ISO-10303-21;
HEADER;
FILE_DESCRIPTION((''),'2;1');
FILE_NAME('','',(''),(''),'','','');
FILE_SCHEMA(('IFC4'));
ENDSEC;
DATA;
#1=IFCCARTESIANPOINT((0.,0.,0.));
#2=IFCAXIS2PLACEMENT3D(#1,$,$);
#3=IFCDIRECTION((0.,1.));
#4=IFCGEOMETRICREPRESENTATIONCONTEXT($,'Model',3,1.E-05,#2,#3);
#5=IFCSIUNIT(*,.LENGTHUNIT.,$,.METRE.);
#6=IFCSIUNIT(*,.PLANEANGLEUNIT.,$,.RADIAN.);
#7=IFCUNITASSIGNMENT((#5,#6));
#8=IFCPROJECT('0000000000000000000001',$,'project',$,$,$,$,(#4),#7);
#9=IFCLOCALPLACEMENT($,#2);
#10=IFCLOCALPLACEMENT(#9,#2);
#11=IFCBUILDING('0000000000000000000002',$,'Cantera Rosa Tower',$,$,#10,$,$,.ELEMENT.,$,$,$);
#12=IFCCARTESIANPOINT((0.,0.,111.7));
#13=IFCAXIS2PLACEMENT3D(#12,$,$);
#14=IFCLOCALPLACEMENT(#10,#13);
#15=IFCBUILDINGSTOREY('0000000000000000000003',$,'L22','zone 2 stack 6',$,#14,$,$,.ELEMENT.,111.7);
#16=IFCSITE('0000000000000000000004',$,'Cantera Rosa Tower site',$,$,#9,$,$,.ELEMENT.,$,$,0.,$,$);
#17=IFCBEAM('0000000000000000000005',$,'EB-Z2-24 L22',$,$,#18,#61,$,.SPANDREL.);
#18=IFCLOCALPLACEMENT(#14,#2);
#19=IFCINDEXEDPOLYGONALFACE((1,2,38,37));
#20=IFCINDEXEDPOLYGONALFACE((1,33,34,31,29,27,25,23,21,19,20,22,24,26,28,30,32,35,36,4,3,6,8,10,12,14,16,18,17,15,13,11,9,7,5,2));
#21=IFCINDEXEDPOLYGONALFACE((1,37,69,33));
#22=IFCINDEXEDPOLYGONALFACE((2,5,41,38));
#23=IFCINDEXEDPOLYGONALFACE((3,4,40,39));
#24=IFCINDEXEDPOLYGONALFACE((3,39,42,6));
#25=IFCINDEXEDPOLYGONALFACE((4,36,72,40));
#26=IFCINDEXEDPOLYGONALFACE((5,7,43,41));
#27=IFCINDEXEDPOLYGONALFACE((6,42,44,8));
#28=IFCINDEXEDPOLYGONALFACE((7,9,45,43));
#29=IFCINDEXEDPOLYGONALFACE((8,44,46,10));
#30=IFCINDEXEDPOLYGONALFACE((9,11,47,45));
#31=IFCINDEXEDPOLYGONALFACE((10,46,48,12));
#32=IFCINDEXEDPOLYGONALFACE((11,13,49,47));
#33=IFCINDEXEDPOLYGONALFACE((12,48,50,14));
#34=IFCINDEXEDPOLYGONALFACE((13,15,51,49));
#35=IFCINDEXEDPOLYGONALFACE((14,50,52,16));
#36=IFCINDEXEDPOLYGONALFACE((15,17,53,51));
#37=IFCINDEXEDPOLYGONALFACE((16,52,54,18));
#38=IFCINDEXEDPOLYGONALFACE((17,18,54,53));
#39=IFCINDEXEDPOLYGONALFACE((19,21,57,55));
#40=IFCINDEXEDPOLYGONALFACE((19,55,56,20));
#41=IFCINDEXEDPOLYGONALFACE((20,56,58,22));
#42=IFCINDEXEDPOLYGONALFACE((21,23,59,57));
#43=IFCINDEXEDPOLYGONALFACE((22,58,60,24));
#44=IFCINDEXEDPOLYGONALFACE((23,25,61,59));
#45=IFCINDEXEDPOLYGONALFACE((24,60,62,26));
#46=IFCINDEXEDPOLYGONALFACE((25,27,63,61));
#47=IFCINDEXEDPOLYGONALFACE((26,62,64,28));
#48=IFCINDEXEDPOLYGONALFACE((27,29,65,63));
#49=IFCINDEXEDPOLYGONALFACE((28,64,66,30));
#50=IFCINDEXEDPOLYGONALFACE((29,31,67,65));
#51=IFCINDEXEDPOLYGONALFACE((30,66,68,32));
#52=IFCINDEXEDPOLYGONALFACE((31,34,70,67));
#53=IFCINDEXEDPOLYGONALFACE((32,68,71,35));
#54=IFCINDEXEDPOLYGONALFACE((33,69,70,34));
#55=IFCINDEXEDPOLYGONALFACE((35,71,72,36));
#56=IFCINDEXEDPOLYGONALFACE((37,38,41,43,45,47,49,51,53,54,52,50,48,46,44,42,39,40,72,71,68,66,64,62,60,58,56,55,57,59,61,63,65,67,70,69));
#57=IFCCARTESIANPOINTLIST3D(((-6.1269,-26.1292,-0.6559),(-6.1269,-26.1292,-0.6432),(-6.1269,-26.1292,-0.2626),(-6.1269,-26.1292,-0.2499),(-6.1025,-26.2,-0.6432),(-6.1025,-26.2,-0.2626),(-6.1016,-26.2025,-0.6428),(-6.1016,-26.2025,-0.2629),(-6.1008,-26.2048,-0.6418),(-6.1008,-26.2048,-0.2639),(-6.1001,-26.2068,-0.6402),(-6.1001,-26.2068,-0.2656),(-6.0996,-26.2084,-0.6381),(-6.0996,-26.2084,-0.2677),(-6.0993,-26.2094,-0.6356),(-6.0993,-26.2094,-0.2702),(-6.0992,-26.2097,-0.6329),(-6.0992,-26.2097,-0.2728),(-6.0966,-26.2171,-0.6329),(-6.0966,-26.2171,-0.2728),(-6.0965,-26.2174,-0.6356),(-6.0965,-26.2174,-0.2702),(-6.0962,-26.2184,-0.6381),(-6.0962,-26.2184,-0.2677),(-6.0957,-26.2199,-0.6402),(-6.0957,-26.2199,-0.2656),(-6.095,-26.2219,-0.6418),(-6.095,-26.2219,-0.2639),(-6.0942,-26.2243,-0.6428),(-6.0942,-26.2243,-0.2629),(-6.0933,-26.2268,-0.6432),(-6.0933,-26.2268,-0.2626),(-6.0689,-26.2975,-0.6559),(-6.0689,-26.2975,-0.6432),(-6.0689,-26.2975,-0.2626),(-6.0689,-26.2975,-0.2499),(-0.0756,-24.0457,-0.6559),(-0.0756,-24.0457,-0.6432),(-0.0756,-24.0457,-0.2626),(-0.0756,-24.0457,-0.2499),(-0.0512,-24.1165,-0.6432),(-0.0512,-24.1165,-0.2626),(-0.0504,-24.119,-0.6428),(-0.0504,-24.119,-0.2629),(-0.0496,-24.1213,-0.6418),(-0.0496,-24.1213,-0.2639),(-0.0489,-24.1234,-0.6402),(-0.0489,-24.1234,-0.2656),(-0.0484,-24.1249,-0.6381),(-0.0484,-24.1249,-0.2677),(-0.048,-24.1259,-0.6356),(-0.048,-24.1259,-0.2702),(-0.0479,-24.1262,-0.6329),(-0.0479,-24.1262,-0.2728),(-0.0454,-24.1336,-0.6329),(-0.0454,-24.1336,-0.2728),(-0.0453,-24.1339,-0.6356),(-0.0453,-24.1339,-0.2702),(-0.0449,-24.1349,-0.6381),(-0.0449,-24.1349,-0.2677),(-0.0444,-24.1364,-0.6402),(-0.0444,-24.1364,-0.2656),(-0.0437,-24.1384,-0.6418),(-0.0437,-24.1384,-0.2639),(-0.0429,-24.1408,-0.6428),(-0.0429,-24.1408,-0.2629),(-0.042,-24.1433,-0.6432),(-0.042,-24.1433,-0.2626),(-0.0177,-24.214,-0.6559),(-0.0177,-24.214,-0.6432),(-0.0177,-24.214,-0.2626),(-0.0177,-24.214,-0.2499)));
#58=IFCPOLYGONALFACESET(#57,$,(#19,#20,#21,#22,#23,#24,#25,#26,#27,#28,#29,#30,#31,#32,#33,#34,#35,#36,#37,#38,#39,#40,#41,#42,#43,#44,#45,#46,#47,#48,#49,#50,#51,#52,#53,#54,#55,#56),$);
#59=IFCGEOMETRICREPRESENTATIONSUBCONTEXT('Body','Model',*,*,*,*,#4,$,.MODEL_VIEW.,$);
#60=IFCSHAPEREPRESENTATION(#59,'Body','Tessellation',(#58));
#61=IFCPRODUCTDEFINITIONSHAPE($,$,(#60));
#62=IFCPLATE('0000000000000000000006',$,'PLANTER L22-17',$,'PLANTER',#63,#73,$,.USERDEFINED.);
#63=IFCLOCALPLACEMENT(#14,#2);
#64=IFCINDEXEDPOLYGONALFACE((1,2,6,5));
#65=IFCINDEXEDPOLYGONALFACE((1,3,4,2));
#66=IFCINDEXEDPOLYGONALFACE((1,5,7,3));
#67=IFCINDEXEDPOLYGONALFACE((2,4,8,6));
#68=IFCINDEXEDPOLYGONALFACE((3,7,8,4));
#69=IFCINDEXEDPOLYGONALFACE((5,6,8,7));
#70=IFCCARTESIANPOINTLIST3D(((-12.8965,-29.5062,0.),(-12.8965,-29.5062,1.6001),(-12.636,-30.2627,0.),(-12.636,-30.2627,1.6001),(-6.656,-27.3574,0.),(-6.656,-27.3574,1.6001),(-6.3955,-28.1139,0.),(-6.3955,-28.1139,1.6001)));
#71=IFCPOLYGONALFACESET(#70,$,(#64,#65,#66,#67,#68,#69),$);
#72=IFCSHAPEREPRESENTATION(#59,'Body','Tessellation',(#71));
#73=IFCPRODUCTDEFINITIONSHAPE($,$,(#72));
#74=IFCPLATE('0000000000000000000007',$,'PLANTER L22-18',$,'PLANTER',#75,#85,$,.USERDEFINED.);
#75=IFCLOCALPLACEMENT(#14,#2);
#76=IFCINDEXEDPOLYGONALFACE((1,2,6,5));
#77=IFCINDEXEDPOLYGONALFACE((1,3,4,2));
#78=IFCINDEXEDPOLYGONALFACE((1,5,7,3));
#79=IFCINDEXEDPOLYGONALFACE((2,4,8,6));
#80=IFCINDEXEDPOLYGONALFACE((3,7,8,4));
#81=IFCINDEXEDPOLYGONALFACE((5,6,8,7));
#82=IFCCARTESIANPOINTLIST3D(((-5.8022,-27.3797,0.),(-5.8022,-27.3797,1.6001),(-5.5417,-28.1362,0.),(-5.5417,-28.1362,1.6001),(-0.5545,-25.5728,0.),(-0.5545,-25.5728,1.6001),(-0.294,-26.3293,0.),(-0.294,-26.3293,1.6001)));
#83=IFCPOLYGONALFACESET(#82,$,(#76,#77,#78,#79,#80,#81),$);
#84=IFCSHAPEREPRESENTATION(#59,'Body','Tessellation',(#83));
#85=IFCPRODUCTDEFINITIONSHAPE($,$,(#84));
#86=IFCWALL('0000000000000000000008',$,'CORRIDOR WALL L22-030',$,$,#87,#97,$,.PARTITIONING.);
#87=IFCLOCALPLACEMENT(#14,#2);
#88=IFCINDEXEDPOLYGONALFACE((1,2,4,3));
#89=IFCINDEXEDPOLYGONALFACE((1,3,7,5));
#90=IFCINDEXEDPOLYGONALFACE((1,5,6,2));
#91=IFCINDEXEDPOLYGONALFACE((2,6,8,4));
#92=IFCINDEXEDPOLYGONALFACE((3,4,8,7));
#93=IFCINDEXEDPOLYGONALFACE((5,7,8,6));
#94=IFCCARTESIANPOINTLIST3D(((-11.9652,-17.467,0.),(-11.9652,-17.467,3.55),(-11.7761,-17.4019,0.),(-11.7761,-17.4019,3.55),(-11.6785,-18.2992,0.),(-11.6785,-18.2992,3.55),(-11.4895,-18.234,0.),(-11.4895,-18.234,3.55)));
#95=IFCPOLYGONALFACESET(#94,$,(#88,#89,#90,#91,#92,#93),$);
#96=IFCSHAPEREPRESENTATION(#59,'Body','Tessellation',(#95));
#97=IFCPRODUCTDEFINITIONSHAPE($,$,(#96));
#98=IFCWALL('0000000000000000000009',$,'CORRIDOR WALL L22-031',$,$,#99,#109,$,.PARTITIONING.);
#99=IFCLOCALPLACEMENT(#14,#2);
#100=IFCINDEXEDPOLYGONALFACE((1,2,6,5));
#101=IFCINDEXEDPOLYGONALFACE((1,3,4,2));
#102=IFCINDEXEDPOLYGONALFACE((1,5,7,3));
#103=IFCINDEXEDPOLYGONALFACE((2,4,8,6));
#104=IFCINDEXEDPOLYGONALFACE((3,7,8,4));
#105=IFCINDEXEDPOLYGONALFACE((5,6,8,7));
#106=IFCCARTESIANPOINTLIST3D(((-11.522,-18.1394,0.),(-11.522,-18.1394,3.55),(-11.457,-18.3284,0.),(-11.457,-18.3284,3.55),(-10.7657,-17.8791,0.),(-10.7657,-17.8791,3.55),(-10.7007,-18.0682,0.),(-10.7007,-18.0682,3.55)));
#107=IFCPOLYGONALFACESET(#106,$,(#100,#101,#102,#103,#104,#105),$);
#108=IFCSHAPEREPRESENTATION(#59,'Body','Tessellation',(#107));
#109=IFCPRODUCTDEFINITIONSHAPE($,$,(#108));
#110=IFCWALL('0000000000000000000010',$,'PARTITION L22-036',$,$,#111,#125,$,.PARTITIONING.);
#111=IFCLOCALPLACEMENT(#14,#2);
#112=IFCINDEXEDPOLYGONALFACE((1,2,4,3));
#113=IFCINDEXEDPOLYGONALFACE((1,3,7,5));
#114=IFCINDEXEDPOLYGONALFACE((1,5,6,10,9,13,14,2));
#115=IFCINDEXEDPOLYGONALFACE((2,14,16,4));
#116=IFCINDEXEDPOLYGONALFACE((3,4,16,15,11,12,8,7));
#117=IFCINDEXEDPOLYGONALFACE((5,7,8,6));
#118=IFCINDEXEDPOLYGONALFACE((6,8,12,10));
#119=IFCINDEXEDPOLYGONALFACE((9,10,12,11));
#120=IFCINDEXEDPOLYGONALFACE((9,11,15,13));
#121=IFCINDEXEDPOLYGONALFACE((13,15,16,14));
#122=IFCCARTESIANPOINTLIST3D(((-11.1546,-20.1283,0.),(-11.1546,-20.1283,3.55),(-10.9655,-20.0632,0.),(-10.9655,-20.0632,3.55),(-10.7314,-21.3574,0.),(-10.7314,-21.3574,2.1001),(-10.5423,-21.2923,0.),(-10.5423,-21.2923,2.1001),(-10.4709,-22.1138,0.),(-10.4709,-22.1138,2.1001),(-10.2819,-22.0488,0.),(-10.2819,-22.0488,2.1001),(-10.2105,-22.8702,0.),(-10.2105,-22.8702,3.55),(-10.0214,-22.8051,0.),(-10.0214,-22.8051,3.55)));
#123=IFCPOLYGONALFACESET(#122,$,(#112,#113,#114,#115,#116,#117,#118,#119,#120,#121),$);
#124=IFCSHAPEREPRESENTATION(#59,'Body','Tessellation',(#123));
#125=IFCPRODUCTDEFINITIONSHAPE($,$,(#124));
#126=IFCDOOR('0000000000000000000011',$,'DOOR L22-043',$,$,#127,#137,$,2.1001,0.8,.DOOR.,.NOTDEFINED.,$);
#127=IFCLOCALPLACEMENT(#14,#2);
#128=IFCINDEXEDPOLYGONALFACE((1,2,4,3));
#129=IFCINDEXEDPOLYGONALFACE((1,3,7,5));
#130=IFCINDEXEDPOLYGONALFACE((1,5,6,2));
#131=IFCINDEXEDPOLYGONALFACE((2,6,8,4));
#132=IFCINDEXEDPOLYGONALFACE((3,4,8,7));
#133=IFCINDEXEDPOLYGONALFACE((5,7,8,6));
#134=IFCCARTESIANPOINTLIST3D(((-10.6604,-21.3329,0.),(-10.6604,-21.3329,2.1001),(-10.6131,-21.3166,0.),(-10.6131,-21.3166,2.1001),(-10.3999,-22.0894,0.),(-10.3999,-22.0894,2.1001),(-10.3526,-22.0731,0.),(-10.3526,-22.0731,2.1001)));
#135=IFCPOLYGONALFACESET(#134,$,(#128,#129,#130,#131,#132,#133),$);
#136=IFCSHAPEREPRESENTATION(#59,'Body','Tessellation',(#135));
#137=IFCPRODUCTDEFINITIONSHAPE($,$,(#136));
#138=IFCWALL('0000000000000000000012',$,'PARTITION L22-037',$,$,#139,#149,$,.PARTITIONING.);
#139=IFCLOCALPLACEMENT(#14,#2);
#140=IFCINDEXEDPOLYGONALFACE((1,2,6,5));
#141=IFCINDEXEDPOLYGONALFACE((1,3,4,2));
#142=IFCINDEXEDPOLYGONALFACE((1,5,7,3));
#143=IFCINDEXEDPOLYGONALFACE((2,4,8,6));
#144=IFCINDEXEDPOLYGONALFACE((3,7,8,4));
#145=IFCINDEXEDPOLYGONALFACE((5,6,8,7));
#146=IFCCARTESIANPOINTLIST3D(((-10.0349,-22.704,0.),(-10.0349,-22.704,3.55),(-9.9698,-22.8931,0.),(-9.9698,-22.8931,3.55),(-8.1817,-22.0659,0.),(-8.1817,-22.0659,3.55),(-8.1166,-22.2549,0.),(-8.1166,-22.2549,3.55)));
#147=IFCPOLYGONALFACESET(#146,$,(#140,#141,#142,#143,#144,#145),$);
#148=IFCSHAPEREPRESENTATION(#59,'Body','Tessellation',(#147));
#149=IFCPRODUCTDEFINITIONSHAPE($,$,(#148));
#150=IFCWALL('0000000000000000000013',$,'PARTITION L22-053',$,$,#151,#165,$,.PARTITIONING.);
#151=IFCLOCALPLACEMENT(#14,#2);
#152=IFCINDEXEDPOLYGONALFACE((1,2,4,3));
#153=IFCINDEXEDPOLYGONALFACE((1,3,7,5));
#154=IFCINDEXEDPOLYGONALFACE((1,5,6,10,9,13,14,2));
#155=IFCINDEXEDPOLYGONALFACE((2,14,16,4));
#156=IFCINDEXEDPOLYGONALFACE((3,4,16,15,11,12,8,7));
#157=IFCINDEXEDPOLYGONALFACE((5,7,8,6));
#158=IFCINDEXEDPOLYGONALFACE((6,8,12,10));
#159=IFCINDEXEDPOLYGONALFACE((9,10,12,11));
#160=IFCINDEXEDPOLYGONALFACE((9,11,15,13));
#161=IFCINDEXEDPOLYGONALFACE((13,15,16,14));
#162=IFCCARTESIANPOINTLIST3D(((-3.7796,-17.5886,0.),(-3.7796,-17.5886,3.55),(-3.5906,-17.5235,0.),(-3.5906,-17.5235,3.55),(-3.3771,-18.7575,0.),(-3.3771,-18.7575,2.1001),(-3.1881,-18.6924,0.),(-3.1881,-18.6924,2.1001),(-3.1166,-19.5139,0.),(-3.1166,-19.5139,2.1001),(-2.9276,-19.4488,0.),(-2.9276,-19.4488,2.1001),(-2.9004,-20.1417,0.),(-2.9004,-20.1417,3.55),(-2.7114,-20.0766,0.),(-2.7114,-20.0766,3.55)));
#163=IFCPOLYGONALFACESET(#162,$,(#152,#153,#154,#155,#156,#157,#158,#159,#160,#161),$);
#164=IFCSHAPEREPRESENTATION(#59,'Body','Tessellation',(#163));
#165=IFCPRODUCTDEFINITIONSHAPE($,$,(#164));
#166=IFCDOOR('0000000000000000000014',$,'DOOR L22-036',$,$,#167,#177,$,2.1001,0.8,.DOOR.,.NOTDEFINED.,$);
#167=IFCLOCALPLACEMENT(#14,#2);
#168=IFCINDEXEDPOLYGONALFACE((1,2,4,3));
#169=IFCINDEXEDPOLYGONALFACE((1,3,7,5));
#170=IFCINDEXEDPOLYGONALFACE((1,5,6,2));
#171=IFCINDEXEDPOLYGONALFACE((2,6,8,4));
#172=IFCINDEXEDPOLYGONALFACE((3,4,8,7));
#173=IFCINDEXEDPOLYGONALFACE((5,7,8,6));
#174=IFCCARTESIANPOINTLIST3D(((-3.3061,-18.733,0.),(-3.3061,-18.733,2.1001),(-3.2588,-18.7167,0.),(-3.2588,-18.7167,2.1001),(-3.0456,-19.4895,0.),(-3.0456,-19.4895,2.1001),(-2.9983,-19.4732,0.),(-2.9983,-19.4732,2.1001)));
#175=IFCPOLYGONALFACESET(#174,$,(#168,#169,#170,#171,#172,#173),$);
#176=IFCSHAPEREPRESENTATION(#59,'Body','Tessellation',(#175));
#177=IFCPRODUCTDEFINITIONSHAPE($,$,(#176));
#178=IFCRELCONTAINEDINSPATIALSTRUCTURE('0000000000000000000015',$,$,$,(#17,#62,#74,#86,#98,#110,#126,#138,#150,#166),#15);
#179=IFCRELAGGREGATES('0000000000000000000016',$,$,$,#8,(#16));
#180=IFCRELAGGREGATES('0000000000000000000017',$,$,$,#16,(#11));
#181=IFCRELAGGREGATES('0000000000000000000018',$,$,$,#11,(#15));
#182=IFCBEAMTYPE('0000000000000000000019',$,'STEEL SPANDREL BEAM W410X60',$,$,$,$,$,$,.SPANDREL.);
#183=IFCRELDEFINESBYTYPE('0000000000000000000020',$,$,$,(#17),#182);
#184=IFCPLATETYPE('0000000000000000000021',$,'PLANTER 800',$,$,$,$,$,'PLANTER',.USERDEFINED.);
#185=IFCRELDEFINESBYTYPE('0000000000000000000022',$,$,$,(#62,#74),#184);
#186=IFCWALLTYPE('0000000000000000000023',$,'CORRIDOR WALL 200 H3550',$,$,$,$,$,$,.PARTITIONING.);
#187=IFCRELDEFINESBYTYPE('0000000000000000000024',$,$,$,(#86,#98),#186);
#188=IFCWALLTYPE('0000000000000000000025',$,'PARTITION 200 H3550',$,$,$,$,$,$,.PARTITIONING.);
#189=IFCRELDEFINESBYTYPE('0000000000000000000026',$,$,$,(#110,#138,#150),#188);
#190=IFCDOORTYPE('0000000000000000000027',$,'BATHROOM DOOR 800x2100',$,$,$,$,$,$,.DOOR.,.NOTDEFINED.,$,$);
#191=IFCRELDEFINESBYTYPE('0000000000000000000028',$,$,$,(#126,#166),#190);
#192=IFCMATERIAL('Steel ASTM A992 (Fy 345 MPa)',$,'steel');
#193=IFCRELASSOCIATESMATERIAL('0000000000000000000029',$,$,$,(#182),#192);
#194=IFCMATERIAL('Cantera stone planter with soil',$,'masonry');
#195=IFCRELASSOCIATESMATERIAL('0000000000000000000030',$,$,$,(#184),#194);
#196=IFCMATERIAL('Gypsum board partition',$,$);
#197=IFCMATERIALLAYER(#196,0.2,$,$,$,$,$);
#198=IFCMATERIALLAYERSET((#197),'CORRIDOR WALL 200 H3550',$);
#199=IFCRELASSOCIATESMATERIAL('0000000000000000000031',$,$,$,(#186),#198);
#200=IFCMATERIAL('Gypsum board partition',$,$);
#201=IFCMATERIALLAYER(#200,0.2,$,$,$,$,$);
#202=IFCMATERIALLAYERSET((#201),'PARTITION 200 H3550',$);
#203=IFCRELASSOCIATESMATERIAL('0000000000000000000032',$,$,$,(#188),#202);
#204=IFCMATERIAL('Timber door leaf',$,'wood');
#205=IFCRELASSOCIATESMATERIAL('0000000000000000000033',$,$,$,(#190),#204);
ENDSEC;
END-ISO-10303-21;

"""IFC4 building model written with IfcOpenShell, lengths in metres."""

from ifc_helpers import new_model, si_unit, direction, frame, frame_2d, origin, origin_2d, place, context, subcontext, project, spatial, rectangle, i_section, extrude, material, layer, layer_set, material_profile, profile_set, type_object, element, fill, save


model = new_model("IFC4")

# Units and contexts
model_context = context("Model", 3, precision=1e-05, world=origin(), true_north=direction((0.0, 1.0)))
body_context = subcontext(model_context, "Body", "Model", "MODEL_VIEW")
ifc_project = project(units=[si_unit("LENGTHUNIT", "METRE"), si_unit("PLANEANGLEUNIT", "RADIAN")], contexts=[model_context])

# Site, building, storey
site_placement = place(None, origin())
site = spatial("IfcSite", under=ifc_project, at=site_placement, Name="Cantera Rosa Tower site", CompositionType="ELEMENT", RefElevation=0.0)
building_placement = place(site_placement, origin())
building = spatial("IfcBuilding", under=site, at=building_placement, Name="Cantera Rosa Tower", CompositionType="ELEMENT")
storey_placement = place(building_placement, frame((0.0, 0.0, 111.7)))
storey = spatial("IfcBuildingStorey", under=building, at=storey_placement, Name="L22", Description="zone 2 stack 6", CompositionType="ELEMENT", Elevation=111.7)

# Beam
ifc_material_1 = material(Name="Steel ASTM A992 (Fy 345 MPa)", Category="steel")
ifc_material_profile_1 = material_profile(ifc_material_1, i_section(OverallWidth=0.178, OverallDepth=0.406, WebThickness=0.0078, FlangeThickness=0.0127, FilletRadius=0.0103, at=origin_2d()), Name="W410X60")
ifc_profile_set_1 = profile_set([ifc_material_profile_1], Name="Steel ASTM A992 (Fy 345 MPa)")
beam_type_1 = type_object("IfcBeamType", Name="STEEL SPANDREL BEAM W410X60", PredefinedType="SPANDREL", material=ifc_profile_set_1)
beam_1_placement = place(storey_placement, frame((-6.0979, -26.2134, -0.4529), z_axis=(0.945524, 0.325551, 0.0), x_axis=(-0.325551, 0.945524, 0.0)))
element("IfcBeam", 1, at=beam_1_placement, inside=storey, type_object=beam_type_1, Name="EB-Z2-24 L22", PredefinedType="SPANDREL", context=body_context, shape_type="SweptSolid", body=[
    extrude(i_section(OverallWidth=0.178, OverallDepth=0.406, WebThickness=0.0078, FlangeThickness=0.0127, FilletRadius=0.0103, at=origin_2d()), origin(), (0.0, 0.0, 1.0), 6.3999),
])

# Plates
ifc_material_2 = material(Name="Cantera stone planter with soil", Category="masonry")
plate_type = type_object("IfcPlateType", Name="PLANTER 800", ElementType="PLANTER", PredefinedType="USERDEFINED", material=ifc_material_2)
plate_1_placement = place(storey_placement, frame((-9.646, -28.8101, 0.0), z_axis=(0.0, 0.0, 1.0), x_axis=(0.945519, 0.325568, 0.0)))
element("IfcPlate", 2, at=plate_1_placement, inside=storey, type_object=plate_type, Name="PLANTER L22-17", ObjectType="PLANTER", PredefinedType="USERDEFINED", context=body_context, shape_type="SweptSolid", body=[
    extrude(rectangle(XDim=6.6001, YDim=0.8, at=origin_2d()), origin(), (0.0, 0.0, 1.0), 1.6001),
])
plate_2_placement = place(storey_placement, frame((-3.0481, -26.8545, 0.0), z_axis=(0.0, 0.0, 1.0), x_axis=(0.945519, 0.325568, 0.0)))
element("IfcPlate", 3, at=plate_2_placement, inside=storey, type_object=plate_type, Name="PLANTER L22-18", ObjectType="PLANTER", PredefinedType="USERDEFINED", context=body_context, shape_type="SweptSolid", body=[
    extrude(rectangle(XDim=5.55, YDim=0.8, at=origin_2d()), origin(), (0.0, 0.0, 1.0), 1.6001),
])

# Walls
ifc_material_3 = material(Name="Gypsum board partition")
ifc_layer_1 = layer(ifc_material_3, 0.2)
ifc_layer_set_1 = layer_set([ifc_layer_1], Name="CORRIDOR WALL 200 H3550")
wall_type_1 = type_object("IfcWallType", Name="CORRIDOR WALL 200 H3550", PredefinedType="PARTITIONING", material=ifc_layer_set_1)
wall_1_placement = place(storey_placement, frame((-11.8706, -17.4346, 0.0), z_axis=(0.0, 0.0, 1.0), x_axis=(0.3257, -0.945473, 0.0)))
element("IfcWall", 4, at=wall_1_placement, inside=storey, type_object=wall_type_1, Name="CORRIDOR WALL L22-030", PredefinedType="PARTITIONING", context=body_context, shape_type="SweptSolid", body=[
    extrude(rectangle(XDim=0.8801, YDim=0.2, at=frame_2d((0.4399, 0.0))), origin(), (0.0, 0.0, 1.0), 3.55),
])
wall_2_placement = place(storey_placement, frame((-11.4895, -18.2339, 0.0), z_axis=(0.0, 0.0, 1.0), x_axis=(0.945587, 0.32537, 0.0)))
element("IfcWall", 5, at=wall_2_placement, inside=storey, type_object=wall_type_1, Name="CORRIDOR WALL L22-031", PredefinedType="PARTITIONING", context=body_context, shape_type="SweptSolid", body=[
    extrude(rectangle(XDim=0.7998, YDim=0.2, at=frame_2d((0.3999, 0.0))), origin(), (0.0, 0.0, 1.0), 3.55),
])

# Wall, opening, door
ifc_material_4 = material(Name="Gypsum board partition")
ifc_layer_2 = layer(ifc_material_4, 0.2)
ifc_layer_set_2 = layer_set([ifc_layer_2], Name="PARTITION 200 H3550")
wall_type_2 = type_object("IfcWallType", Name="PARTITION 200 H3550", PredefinedType="PARTITIONING", material=ifc_layer_set_2)
wall_3_placement = place(storey_placement, frame((-10.116, -22.8376, 0.0), z_axis=(0.0, 0.0, 1.0), x_axis=(-0.325557, 0.945522, 0.0)))
wall_3 = element("IfcWall", 6, at=wall_3_placement, inside=storey, type_object=wall_type_2, Name="PARTITION L22-036", PredefinedType="PARTITIONING", context=body_context, shape_type="SweptSolid", body=[
    extrude(rectangle(XDim=2.8999, YDim=0.2, at=frame_2d((1.45, 0.0))), origin(), (0.0, 0.0, 1.0), 3.55),
])
opening_1_placement = place(wall_3_placement, frame((0.8, 0.0, 0.0)))
opening_1 = element("IfcOpeningElement", 7, at=opening_1_placement, cuts=wall_3, PredefinedType="OPENING", context=body_context, shape_type="SweptSolid", body=[
    extrude(rectangle(XDim=0.8, YDim=2.1001, at=frame_2d((0.3999, 1.05))), frame((0.0, 0.1099, 0.0), z_axis=(0.0, -1.0, 0.0), x_axis=(1.0, 0.0, 0.0)), (0.0, 0.0, 1.0), 0.22),
])
ifc_material_5 = material(Name="Timber door leaf", Category="wood")
door_type_1 = type_object("IfcDoorType", Name="BATHROOM DOOR 800x2100", OperationType="NOTDEFINED", PredefinedType="DOOR", material=ifc_material_5)
door_1_placement = place(opening_1_placement, origin())
door_1 = element("IfcDoor", 8, at=door_1_placement, inside=storey, type_object=door_type_1, Name="DOOR L22-043", OperationType="NOTDEFINED", OverallHeight=2.1001, OverallWidth=0.8, PredefinedType="DOOR", context=body_context, shape_type="SweptSolid", body=[
    extrude(rectangle(XDim=0.8, YDim=2.1001, at=frame_2d((0.3999, 1.05))), frame((0.0, 0.0249, 0.0), z_axis=(0.0, -1.0, 0.0), x_axis=(1.0, 0.0, 0.0)), (0.0, 0.0, 1.0), 0.05),
])
fill(opening_1, door_1)

# Wall
wall_4_placement = place(storey_placement, frame((-8.1492, -22.1604, 0.0), z_axis=(0.0, 0.0, 1.0), x_axis=(-0.945511, -0.325591, 0.0)))
element("IfcWall", 9, at=wall_4_placement, inside=storey, type_object=wall_type_2, Name="PARTITION L22-037", PredefinedType="PARTITIONING", context=body_context, shape_type="SweptSolid", body=[
    extrude(rectangle(XDim=1.96, YDim=0.2, at=frame_2d((0.98, 0.0))), origin(), (0.0, 0.0, 1.0), 3.55),
])

# Wall, opening, door
wall_5_placement = place(storey_placement, frame((-2.8059, -20.1091, 0.0), z_axis=(0.0, 0.0, 1.0), x_axis=(-0.325598, 0.945508, 0.0)))
wall_5 = element("IfcWall", 10, at=wall_5_placement, inside=storey, type_object=wall_type_2, Name="PARTITION L22-053", PredefinedType="PARTITIONING", context=body_context, shape_type="SweptSolid", body=[
    extrude(rectangle(XDim=2.7002, YDim=0.2, at=frame_2d((1.3501, 0.0))), origin(), (0.0, 0.0, 1.0), 3.55),
])
opening_2_placement = place(wall_5_placement, frame((0.6641, 0.0, 0.0)))
opening_2 = element("IfcOpeningElement", 11, at=opening_2_placement, cuts=wall_5, PredefinedType="OPENING", context=body_context, shape_type="SweptSolid", body=[
    extrude(rectangle(XDim=0.8, YDim=2.1001, at=frame_2d((0.3999, 1.05))), frame((0.0, 0.1099, 0.0), z_axis=(0.0, -1.0, 0.0), x_axis=(1.0, 0.0, 0.0)), (0.0, 0.0, 1.0), 0.22),
])
door_2_placement = place(opening_2_placement, origin())
door_2 = element("IfcDoor", 12, at=door_2_placement, inside=storey, type_object=door_type_1, Name="DOOR L22-036", OperationType="NOTDEFINED", OverallHeight=2.1001, OverallWidth=0.8, PredefinedType="DOOR", context=body_context, shape_type="SweptSolid", body=[
    extrude(rectangle(XDim=0.8, YDim=2.1001, at=frame_2d((0.3999, 1.05))), frame((0.0, 0.0249, 0.0), z_axis=(0.0, -1.0, 0.0), x_axis=(1.0, 0.0, 0.0)), (0.0, 0.0, 1.0), 0.05),
])
fill(opening_2, door_2)

save(model, "model.ifc")
